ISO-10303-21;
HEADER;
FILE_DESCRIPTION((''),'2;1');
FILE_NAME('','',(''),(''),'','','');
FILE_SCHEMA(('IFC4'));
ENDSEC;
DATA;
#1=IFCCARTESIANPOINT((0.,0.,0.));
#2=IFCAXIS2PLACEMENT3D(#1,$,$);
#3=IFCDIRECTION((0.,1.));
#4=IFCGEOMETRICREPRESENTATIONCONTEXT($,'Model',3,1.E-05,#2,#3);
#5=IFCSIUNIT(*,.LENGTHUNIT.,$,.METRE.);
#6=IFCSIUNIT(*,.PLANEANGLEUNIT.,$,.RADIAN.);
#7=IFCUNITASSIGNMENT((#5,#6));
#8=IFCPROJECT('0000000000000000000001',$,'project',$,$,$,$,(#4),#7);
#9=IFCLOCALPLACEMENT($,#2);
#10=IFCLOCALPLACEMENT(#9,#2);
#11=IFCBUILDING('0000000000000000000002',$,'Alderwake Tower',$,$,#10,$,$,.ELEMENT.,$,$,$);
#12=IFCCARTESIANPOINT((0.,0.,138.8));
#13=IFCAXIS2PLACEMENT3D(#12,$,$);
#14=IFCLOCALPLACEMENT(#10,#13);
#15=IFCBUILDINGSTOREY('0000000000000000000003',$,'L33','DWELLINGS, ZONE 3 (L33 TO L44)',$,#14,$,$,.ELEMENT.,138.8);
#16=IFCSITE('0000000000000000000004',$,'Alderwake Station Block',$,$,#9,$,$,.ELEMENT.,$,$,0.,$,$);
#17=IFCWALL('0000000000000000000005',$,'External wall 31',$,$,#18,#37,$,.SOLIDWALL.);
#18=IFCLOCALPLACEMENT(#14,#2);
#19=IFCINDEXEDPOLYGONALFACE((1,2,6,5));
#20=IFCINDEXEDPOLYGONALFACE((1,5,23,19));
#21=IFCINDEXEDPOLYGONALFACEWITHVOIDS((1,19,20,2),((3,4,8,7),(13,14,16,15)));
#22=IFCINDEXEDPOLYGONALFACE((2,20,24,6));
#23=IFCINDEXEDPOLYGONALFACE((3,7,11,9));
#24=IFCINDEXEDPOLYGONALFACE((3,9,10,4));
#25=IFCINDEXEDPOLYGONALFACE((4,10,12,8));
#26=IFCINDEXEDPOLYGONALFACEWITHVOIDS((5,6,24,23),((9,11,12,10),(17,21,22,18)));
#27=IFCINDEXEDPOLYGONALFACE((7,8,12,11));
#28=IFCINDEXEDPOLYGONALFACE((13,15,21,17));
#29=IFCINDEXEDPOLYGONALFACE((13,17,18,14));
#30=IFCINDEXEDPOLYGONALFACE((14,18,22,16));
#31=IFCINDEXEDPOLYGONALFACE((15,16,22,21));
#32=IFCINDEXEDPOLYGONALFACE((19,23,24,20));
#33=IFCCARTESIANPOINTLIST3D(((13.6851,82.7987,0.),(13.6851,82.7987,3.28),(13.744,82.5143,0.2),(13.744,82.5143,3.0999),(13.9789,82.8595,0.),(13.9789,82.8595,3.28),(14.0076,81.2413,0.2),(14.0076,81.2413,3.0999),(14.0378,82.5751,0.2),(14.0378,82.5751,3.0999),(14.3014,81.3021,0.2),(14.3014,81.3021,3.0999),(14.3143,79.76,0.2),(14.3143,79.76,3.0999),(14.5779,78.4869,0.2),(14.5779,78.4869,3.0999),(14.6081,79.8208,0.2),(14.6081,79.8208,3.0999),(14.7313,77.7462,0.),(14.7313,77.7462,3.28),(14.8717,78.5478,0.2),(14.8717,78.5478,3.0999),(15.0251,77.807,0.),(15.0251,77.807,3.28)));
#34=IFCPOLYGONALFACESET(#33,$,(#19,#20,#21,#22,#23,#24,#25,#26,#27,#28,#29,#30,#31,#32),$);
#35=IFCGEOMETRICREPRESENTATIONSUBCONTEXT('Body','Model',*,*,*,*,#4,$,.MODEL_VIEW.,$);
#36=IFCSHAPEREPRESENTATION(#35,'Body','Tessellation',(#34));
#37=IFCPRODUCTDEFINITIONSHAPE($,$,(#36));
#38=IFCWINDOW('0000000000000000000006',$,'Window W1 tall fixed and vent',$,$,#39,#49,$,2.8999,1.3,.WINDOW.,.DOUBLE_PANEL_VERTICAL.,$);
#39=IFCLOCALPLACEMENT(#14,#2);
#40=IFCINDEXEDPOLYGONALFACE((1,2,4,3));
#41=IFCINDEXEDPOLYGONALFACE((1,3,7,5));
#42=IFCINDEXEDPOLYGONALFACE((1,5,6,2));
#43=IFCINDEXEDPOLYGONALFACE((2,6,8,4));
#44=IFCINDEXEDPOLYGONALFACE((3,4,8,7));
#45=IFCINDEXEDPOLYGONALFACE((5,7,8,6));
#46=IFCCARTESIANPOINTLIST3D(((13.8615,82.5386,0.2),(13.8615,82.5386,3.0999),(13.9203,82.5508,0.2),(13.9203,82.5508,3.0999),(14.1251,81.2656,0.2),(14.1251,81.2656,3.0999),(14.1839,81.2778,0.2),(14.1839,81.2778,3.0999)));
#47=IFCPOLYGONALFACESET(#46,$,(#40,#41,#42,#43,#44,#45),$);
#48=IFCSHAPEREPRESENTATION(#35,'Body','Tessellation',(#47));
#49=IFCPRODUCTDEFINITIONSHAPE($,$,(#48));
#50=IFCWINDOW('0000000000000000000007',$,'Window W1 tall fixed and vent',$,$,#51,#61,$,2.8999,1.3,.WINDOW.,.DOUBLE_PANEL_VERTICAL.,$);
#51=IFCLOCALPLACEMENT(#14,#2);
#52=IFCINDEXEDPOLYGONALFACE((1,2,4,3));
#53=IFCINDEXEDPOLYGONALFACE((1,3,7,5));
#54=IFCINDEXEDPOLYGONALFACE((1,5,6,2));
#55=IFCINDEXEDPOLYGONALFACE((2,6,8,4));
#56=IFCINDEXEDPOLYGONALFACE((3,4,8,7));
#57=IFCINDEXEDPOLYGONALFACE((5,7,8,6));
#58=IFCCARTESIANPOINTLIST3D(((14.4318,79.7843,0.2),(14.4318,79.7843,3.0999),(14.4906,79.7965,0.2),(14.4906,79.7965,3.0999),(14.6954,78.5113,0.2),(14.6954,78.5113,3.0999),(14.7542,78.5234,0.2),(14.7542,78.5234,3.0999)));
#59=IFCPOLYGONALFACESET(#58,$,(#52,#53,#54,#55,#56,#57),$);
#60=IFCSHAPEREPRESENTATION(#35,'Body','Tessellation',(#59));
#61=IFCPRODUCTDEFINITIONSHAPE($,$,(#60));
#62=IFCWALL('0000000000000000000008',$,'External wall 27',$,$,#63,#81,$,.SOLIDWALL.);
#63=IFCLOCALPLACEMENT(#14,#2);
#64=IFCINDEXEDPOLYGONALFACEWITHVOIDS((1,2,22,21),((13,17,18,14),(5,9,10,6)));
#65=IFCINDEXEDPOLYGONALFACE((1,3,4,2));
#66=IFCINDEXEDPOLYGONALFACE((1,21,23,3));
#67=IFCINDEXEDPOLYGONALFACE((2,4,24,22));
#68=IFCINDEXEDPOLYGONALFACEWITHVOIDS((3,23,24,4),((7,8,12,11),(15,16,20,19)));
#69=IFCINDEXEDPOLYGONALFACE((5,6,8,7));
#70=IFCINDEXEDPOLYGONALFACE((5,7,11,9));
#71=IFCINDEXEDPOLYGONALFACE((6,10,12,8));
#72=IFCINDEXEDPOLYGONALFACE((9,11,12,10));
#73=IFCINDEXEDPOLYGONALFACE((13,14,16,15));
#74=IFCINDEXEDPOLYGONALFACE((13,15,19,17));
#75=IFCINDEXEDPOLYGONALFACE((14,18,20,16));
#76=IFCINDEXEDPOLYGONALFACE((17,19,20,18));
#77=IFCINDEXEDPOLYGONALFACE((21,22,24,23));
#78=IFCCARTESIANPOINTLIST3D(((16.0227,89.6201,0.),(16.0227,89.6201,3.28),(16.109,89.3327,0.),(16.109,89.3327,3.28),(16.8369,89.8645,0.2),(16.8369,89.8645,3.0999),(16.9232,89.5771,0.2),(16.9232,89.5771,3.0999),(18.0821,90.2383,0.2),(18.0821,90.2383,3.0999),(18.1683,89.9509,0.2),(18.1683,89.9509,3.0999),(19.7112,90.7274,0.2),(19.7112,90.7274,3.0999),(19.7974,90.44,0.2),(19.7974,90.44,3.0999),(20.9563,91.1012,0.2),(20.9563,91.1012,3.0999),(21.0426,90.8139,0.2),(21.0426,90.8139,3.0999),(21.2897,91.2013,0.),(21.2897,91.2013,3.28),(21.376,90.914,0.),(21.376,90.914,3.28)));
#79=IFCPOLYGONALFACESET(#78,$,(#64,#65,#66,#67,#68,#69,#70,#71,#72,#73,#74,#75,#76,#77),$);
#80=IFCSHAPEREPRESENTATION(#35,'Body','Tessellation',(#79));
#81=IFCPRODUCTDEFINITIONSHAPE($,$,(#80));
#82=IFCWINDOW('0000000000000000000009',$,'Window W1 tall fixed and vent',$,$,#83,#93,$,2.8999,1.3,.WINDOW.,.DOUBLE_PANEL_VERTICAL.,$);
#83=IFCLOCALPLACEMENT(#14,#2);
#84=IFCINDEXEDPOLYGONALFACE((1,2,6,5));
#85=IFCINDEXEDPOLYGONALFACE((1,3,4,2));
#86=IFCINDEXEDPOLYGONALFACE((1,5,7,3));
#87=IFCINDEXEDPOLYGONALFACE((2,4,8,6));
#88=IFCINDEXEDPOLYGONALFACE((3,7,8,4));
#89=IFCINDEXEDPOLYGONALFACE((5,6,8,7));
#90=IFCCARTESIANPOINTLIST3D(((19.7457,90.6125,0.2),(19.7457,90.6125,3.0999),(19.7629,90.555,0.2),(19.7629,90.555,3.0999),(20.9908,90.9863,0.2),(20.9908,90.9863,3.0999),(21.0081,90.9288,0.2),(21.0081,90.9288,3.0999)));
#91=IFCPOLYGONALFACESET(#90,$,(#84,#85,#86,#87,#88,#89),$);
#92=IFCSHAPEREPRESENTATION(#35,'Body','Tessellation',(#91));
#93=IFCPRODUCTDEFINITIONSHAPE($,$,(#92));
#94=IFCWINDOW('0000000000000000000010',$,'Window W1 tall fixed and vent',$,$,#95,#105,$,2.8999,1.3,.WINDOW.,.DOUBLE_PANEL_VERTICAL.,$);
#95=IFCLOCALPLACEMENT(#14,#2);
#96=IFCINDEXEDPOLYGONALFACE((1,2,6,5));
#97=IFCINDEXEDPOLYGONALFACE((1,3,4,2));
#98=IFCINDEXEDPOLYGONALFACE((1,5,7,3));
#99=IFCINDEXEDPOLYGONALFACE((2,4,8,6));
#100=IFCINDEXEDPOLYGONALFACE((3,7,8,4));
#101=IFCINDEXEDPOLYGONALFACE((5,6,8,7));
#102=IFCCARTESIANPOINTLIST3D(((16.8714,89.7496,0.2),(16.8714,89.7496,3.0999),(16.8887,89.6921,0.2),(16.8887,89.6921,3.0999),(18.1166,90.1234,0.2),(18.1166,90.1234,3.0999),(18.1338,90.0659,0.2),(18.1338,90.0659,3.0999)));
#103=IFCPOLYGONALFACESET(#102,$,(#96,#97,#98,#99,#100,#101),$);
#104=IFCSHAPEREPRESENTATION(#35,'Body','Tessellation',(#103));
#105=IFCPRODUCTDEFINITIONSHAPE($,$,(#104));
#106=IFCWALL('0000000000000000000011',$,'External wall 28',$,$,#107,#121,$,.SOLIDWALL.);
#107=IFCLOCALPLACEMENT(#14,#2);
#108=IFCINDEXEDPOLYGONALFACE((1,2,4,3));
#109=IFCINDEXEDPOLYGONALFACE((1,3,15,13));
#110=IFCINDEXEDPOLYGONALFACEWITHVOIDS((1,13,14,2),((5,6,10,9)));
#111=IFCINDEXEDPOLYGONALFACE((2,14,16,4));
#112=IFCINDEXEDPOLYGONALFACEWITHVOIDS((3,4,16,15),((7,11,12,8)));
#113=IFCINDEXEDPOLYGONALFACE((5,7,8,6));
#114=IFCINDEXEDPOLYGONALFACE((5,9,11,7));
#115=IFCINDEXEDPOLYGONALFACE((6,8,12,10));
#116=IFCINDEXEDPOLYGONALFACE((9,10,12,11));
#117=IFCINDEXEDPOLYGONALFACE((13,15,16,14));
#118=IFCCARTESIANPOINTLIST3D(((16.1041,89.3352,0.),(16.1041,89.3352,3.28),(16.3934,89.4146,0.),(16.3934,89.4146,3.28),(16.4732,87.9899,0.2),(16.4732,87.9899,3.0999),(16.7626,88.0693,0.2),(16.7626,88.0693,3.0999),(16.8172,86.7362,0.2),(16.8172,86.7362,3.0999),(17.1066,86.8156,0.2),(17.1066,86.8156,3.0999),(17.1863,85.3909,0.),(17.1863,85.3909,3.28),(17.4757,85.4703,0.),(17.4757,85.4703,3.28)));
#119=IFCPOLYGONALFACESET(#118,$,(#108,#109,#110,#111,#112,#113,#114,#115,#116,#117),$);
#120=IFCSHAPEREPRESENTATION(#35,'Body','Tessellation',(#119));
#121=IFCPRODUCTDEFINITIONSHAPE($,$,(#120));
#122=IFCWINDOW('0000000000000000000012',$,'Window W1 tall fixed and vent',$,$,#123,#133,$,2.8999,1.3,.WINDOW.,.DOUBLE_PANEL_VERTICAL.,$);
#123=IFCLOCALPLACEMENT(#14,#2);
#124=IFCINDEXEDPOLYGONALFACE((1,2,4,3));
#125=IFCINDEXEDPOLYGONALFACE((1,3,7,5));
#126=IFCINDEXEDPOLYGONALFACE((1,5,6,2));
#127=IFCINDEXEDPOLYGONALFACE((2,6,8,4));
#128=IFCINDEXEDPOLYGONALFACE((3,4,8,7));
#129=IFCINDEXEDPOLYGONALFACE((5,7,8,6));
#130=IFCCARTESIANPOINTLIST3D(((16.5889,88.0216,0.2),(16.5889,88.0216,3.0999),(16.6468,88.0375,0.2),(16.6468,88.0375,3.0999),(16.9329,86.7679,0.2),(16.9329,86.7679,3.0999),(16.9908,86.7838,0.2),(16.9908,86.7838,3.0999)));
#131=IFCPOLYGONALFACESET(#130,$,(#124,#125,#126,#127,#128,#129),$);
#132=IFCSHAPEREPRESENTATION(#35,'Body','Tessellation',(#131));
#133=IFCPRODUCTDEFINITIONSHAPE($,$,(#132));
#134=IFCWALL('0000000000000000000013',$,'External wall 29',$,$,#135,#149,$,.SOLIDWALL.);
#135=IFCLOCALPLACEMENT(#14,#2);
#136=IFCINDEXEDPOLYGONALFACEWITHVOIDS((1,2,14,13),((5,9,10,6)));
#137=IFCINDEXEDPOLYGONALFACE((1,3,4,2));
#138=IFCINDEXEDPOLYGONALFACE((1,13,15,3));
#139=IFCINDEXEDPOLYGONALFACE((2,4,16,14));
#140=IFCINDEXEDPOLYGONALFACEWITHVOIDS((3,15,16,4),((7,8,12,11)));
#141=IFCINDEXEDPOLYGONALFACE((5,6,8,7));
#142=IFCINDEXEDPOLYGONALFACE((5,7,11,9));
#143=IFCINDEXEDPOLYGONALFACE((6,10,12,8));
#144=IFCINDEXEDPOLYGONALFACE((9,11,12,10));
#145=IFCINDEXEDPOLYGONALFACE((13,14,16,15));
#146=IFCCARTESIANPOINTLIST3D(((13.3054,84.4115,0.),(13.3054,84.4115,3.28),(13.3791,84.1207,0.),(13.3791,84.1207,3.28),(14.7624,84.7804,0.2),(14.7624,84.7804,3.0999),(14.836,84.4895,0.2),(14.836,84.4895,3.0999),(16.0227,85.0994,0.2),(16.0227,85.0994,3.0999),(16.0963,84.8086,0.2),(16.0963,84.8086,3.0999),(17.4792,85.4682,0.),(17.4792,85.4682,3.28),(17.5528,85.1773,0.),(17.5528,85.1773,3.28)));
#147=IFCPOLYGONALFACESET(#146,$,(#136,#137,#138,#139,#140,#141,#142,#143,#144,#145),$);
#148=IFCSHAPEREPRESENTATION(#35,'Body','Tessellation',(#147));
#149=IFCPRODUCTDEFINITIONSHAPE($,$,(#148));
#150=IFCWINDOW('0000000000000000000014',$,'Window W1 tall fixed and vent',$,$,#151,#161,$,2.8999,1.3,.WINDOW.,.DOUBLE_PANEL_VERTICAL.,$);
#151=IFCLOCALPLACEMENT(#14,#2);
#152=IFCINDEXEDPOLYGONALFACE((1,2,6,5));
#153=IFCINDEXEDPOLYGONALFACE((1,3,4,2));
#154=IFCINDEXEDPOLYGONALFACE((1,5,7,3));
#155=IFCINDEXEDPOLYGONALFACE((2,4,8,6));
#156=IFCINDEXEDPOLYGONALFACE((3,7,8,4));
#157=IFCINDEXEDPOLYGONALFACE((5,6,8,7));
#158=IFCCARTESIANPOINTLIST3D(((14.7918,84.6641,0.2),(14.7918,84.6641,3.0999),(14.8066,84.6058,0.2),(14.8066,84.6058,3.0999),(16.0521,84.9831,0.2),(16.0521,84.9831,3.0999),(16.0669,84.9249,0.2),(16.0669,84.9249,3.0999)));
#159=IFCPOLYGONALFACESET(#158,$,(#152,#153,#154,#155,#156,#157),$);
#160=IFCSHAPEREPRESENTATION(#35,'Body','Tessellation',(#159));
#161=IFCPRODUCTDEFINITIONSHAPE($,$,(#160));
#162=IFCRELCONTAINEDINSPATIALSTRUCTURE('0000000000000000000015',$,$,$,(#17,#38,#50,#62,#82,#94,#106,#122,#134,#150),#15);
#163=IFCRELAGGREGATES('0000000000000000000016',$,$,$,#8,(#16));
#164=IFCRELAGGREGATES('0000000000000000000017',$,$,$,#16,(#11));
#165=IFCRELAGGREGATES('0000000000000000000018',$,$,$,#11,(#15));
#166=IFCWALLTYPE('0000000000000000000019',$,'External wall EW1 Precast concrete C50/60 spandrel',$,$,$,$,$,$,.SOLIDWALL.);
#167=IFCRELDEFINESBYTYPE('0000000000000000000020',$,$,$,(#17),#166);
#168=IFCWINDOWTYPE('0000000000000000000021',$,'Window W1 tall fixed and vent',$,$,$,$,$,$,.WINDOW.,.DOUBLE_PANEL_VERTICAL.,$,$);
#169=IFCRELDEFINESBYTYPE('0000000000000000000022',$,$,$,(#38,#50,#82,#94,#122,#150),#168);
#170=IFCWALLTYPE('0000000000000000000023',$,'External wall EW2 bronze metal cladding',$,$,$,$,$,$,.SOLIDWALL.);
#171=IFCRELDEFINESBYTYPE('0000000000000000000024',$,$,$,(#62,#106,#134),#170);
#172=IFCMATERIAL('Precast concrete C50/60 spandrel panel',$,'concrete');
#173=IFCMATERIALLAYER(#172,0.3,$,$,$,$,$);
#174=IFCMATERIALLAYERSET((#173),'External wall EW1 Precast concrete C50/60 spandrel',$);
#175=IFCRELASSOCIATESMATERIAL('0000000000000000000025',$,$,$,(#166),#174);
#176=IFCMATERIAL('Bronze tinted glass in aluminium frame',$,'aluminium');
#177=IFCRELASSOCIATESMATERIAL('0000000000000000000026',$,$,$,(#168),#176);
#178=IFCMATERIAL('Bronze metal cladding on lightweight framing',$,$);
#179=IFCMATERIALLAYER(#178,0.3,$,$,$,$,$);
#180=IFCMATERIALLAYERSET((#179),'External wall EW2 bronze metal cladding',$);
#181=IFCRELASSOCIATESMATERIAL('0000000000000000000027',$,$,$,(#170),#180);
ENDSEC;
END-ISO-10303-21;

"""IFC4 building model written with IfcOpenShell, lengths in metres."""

from ifc_helpers import new_model, si_unit, direction, frame, frame_2d, origin, place, context, subcontext, project, spatial, rectangle, extrude, material, layer, layer_set, type_object, element, fill, save


model = new_model("IFC4")

# Units and contexts
model_context = context("Model", 3, precision=1e-05, world=origin(), true_north=direction((0.0, 1.0)))
body_context = subcontext(model_context, "Body", "Model", "MODEL_VIEW")
ifc_project = project(units=[si_unit("LENGTHUNIT", "METRE"), si_unit("PLANEANGLEUNIT", "RADIAN")], contexts=[model_context])

# Site, building, storey
site_placement = place(None, origin())
site = spatial("IfcSite", under=ifc_project, at=site_placement, Name="Alderwake Station Block", CompositionType="ELEMENT", RefElevation=0.0)
building_placement = place(site_placement, origin())
building = spatial("IfcBuilding", under=site, at=building_placement, Name="Alderwake Tower", CompositionType="ELEMENT")
storey_placement = place(building_placement, frame((0.0, 0.0, 138.8)))
storey = spatial("IfcBuildingStorey", under=building, at=storey_placement, Name="L33", Description="DWELLINGS, ZONE 3 (L33 TO L44)", CompositionType="ELEMENT", Elevation=138.8)

# Shared definitions
ifc_material_1 = material(Name="Precast concrete C50/60 spandrel panel", Category="concrete")
ifc_layer_1 = layer(ifc_material_1, 0.3)
ifc_layer_set_1 = layer_set([ifc_layer_1], Name="External wall EW1 Precast concrete C50/60 spandrel")
wall_type_1 = type_object("IfcWallType", Name="External wall EW1 Precast concrete C50/60 spandrel", PredefinedType="SOLIDWALL", material=ifc_layer_set_1)

# Walls, openings, windows
wall_1_placement = place(storey_placement, frame((13.832, 82.8291, 0.0), z_axis=(0.0, 0.0, 1.0), x_axis=(0.202754, -0.97923, 0.0)))
wall_1 = element("IfcWall", 1, at=wall_1_placement, inside=storey, type_object=wall_type_1, Name="External wall 31", PredefinedType="SOLIDWALL", context=body_context, shape_type="SweptSolid", body=[
    extrude(rectangle(XDim=5.1597, YDim=0.3, at=frame_2d((2.5798, 0.0))), origin(), (0.0, 0.0, 1.0), 3.28),
])
opening_1_placement = place(wall_1_placement, frame((0.2905, 0.0, 0.2)))
opening_1 = element("IfcOpeningElement", 2, at=opening_1_placement, cuts=wall_1, PredefinedType="OPENING", context=body_context, shape_type="SweptSolid", body=[
    extrude(rectangle(XDim=1.3, YDim=2.8999, at=frame_2d((0.6499, 1.45))), frame((0.0, 0.1599, 0.0), z_axis=(0.0, -1.0, 0.0), x_axis=(1.0, 0.0, 0.0)), (0.0, 0.0, 1.0), 0.3201),
])
opening_2_placement = place(wall_1_placement, frame((3.1033, 0.0, 0.2)))
opening_2 = element("IfcOpeningElement", 3, at=opening_2_placement, cuts=wall_1, PredefinedType="OPENING", context=body_context, shape_type="SweptSolid", body=[
    extrude(rectangle(XDim=1.3, YDim=2.8999, at=frame_2d((0.6499, 1.45))), frame((0.0, 0.1599, 0.0), z_axis=(0.0, -1.0, 0.0), x_axis=(1.0, 0.0, 0.0)), (0.0, 0.0, 1.0), 0.3201),
])
ifc_material_2 = material(Name="Bronze tinted glass in aluminium frame", Category="aluminium")
window_type = type_object("IfcWindowType", Name="Window W1 tall fixed and vent", PartitioningType="DOUBLE_PANEL_VERTICAL", PredefinedType="WINDOW", material=ifc_material_2)
window_1_placement = place(opening_1_placement, origin())
window_1 = element("IfcWindow", 4, at=window_1_placement, inside=storey, type_object=window_type, Name="Window W1 tall fixed and vent", OverallHeight=2.8999, OverallWidth=1.3, PartitioningType="DOUBLE_PANEL_VERTICAL", PredefinedType="WINDOW", context=body_context, shape_type="SweptSolid", body=[
    extrude(rectangle(XDim=1.3, YDim=2.8999, at=frame_2d((0.6499, 1.45))), frame((0.0, 0.03, 0.0), z_axis=(0.0, -1.0, 0.0), x_axis=(1.0, 0.0, 0.0)), (0.0, 0.0, 1.0), 0.0601),
])
fill(opening_1, window_1)
window_2_placement = place(opening_2_placement, origin())
window_2 = element("IfcWindow", 5, at=window_2_placement, inside=storey, type_object=window_type, Name="Window W1 tall fixed and vent", OverallHeight=2.8999, OverallWidth=1.3, PartitioningType="DOUBLE_PANEL_VERTICAL", PredefinedType="WINDOW", context=body_context, shape_type="SweptSolid", body=[
    extrude(rectangle(XDim=1.3, YDim=2.8999, at=frame_2d((0.6499, 1.45))), frame((0.0, 0.03, 0.0), z_axis=(0.0, -1.0, 0.0), x_axis=(1.0, 0.0, 0.0)), (0.0, 0.0, 1.0), 0.0601),
])
fill(opening_2, window_2)
ifc_material_3 = material(Name="Bronze metal cladding on lightweight framing")
ifc_layer_2 = layer(ifc_material_3, 0.3)
ifc_layer_set_2 = layer_set([ifc_layer_2], Name="External wall EW2 bronze metal cladding")
wall_type_2 = type_object("IfcWallType", Name="External wall EW2 bronze metal cladding", PredefinedType="SOLIDWALL", material=ifc_layer_set_2)
wall_2_placement = place(storey_placement, frame((21.3328, 91.0576, 0.0), z_axis=(0.0, 0.0, 1.0), x_axis=(-0.957768, -0.287543, 0.0)))
wall_2 = element("IfcWall", 6, at=wall_2_placement, inside=storey, type_object=wall_type_2, Name="External wall 27", PredefinedType="SOLIDWALL", context=body_context, shape_type="SweptSolid", body=[
    extrude(rectangle(XDim=5.4993, YDim=0.3, at=frame_2d((2.7495, 0.0))), origin(), (0.0, 0.0, 1.0), 3.28),
])
opening_3_placement = place(wall_2_placement, frame((0.3481, 0.0, 0.2)))
opening_3 = element("IfcOpeningElement", 7, at=opening_3_placement, cuts=wall_2, PredefinedType="OPENING", context=body_context, shape_type="SweptSolid", body=[
    extrude(rectangle(XDim=1.3, YDim=2.8999, at=frame_2d((0.6499, 1.45))), frame((0.0, 0.1599, 0.0), z_axis=(0.0, -1.0, 0.0), x_axis=(1.0, 0.0, 0.0)), (0.0, 0.0, 1.0), 0.3201),
])
opening_4_placement = place(wall_2_placement, frame((3.3491, 0.0, 0.2)))
opening_4 = element("IfcOpeningElement", 8, at=opening_4_placement, cuts=wall_2, PredefinedType="OPENING", context=body_context, shape_type="SweptSolid", body=[
    extrude(rectangle(XDim=1.3, YDim=2.8999, at=frame_2d((0.6499, 1.45))), frame((0.0, 0.1599, 0.0), z_axis=(0.0, -1.0, 0.0), x_axis=(1.0, 0.0, 0.0)), (0.0, 0.0, 1.0), 0.3201),
])
window_3_placement = place(opening_3_placement, origin())
window_3 = element("IfcWindow", 9, at=window_3_placement, inside=storey, type_object=window_type, Name="Window W1 tall fixed and vent", OverallHeight=2.8999, OverallWidth=1.3, PartitioningType="DOUBLE_PANEL_VERTICAL", PredefinedType="WINDOW", context=body_context, shape_type="SweptSolid", body=[
    extrude(rectangle(XDim=1.3, YDim=2.8999, at=frame_2d((0.6499, 1.45))), frame((0.0, 0.03, 0.0), z_axis=(0.0, -1.0, 0.0), x_axis=(1.0, 0.0, 0.0)), (0.0, 0.0, 1.0), 0.0601),
])
fill(opening_3, window_3)
window_4_placement = place(opening_4_placement, origin())
window_4 = element("IfcWindow", 10, at=window_4_placement, inside=storey, type_object=window_type, Name="Window W1 tall fixed and vent", OverallHeight=2.8999, OverallWidth=1.3, PartitioningType="DOUBLE_PANEL_VERTICAL", PredefinedType="WINDOW", context=body_context, shape_type="SweptSolid", body=[
    extrude(rectangle(XDim=1.3, YDim=2.8999, at=frame_2d((0.6499, 1.45))), frame((0.0, 0.03, 0.0), z_axis=(0.0, -1.0, 0.0), x_axis=(1.0, 0.0, 0.0)), (0.0, 0.0, 1.0), 0.0601),
])
fill(opening_4, window_4)

# Walls, openings, windows
wall_3_placement = place(storey_placement, frame((16.2488, 89.3748, 0.0), z_axis=(0.0, 0.0, 1.0), x_axis=(0.264607, -0.964356, 0.0)))
wall_3 = element("IfcWall", 11, at=wall_3_placement, inside=storey, type_object=wall_type_2, Name="External wall 28", PredefinedType="SOLIDWALL", context=body_context, shape_type="SweptSolid", body=[
    extrude(rectangle(XDim=4.0901, YDim=0.3, at=frame_2d((2.0449, 0.0))), origin(), (0.0, 0.0, 1.0), 3.28),
])
opening_5_placement = place(wall_3_placement, frame((1.395, 0.0, 0.2)))
opening_5 = element("IfcOpeningElement", 12, at=opening_5_placement, cuts=wall_3, PredefinedType="OPENING", context=body_context, shape_type="SweptSolid", body=[
    extrude(rectangle(XDim=1.3, YDim=2.8999, at=frame_2d((0.6499, 1.45))), frame((0.0, 0.1599, 0.0), z_axis=(0.0, -1.0, 0.0), x_axis=(1.0, 0.0, 0.0)), (0.0, 0.0, 1.0), 0.3201),
])
window_5_placement = place(opening_5_placement, origin())
window_5 = element("IfcWindow", 13, at=window_5_placement, inside=storey, type_object=window_type, Name="Window W1 tall fixed and vent", OverallHeight=2.8999, OverallWidth=1.3, PartitioningType="DOUBLE_PANEL_VERTICAL", PredefinedType="WINDOW", context=body_context, shape_type="SweptSolid", body=[
    extrude(rectangle(XDim=1.3, YDim=2.8999, at=frame_2d((0.6499, 1.45))), frame((0.0, 0.03, 0.0), z_axis=(0.0, -1.0, 0.0), x_axis=(1.0, 0.0, 0.0)), (0.0, 0.0, 1.0), 0.0601),
])
fill(opening_5, window_5)
wall_4_placement = place(storey_placement, frame((17.5161, 85.3228, 0.0), z_axis=(0.0, 0.0, 1.0), x_axis=(-0.969418, -0.245416, 0.0)))
wall_4 = element("IfcWall", 14, at=wall_4_placement, inside=storey, type_object=wall_type_2, Name="External wall 29", PredefinedType="SOLIDWALL", context=body_context, shape_type="SweptSolid", body=[
    extrude(rectangle(XDim=4.3054, YDim=0.3, at=frame_2d((2.1528, 0.0))), origin(), (0.0, 0.0, 1.0), 3.28),
])
opening_6_placement = place(wall_4_placement, frame((1.5027, 0.0, 0.2)))
opening_6 = element("IfcOpeningElement", 15, at=opening_6_placement, cuts=wall_4, PredefinedType="OPENING", context=body_context, shape_type="SweptSolid", body=[
    extrude(rectangle(XDim=1.3, YDim=2.8999, at=frame_2d((0.6499, 1.45))), frame((0.0, 0.1599, 0.0), z_axis=(0.0, -1.0, 0.0), x_axis=(1.0, 0.0, 0.0)), (0.0, 0.0, 1.0), 0.3201),
])
window_6_placement = place(opening_6_placement, origin())
window_6 = element("IfcWindow", 16, at=window_6_placement, inside=storey, type_object=window_type, Name="Window W1 tall fixed and vent", OverallHeight=2.8999, OverallWidth=1.3, PartitioningType="DOUBLE_PANEL_VERTICAL", PredefinedType="WINDOW", context=body_context, shape_type="SweptSolid", body=[
    extrude(rectangle(XDim=1.3, YDim=2.8999, at=frame_2d((0.6499, 1.45))), frame((0.0, 0.03, 0.0), z_axis=(0.0, -1.0, 0.0), x_axis=(1.0, 0.0, 0.0)), (0.0, 0.0, 1.0), 0.0601),
])
fill(opening_6, window_6)

save(model, "model.ifc")
